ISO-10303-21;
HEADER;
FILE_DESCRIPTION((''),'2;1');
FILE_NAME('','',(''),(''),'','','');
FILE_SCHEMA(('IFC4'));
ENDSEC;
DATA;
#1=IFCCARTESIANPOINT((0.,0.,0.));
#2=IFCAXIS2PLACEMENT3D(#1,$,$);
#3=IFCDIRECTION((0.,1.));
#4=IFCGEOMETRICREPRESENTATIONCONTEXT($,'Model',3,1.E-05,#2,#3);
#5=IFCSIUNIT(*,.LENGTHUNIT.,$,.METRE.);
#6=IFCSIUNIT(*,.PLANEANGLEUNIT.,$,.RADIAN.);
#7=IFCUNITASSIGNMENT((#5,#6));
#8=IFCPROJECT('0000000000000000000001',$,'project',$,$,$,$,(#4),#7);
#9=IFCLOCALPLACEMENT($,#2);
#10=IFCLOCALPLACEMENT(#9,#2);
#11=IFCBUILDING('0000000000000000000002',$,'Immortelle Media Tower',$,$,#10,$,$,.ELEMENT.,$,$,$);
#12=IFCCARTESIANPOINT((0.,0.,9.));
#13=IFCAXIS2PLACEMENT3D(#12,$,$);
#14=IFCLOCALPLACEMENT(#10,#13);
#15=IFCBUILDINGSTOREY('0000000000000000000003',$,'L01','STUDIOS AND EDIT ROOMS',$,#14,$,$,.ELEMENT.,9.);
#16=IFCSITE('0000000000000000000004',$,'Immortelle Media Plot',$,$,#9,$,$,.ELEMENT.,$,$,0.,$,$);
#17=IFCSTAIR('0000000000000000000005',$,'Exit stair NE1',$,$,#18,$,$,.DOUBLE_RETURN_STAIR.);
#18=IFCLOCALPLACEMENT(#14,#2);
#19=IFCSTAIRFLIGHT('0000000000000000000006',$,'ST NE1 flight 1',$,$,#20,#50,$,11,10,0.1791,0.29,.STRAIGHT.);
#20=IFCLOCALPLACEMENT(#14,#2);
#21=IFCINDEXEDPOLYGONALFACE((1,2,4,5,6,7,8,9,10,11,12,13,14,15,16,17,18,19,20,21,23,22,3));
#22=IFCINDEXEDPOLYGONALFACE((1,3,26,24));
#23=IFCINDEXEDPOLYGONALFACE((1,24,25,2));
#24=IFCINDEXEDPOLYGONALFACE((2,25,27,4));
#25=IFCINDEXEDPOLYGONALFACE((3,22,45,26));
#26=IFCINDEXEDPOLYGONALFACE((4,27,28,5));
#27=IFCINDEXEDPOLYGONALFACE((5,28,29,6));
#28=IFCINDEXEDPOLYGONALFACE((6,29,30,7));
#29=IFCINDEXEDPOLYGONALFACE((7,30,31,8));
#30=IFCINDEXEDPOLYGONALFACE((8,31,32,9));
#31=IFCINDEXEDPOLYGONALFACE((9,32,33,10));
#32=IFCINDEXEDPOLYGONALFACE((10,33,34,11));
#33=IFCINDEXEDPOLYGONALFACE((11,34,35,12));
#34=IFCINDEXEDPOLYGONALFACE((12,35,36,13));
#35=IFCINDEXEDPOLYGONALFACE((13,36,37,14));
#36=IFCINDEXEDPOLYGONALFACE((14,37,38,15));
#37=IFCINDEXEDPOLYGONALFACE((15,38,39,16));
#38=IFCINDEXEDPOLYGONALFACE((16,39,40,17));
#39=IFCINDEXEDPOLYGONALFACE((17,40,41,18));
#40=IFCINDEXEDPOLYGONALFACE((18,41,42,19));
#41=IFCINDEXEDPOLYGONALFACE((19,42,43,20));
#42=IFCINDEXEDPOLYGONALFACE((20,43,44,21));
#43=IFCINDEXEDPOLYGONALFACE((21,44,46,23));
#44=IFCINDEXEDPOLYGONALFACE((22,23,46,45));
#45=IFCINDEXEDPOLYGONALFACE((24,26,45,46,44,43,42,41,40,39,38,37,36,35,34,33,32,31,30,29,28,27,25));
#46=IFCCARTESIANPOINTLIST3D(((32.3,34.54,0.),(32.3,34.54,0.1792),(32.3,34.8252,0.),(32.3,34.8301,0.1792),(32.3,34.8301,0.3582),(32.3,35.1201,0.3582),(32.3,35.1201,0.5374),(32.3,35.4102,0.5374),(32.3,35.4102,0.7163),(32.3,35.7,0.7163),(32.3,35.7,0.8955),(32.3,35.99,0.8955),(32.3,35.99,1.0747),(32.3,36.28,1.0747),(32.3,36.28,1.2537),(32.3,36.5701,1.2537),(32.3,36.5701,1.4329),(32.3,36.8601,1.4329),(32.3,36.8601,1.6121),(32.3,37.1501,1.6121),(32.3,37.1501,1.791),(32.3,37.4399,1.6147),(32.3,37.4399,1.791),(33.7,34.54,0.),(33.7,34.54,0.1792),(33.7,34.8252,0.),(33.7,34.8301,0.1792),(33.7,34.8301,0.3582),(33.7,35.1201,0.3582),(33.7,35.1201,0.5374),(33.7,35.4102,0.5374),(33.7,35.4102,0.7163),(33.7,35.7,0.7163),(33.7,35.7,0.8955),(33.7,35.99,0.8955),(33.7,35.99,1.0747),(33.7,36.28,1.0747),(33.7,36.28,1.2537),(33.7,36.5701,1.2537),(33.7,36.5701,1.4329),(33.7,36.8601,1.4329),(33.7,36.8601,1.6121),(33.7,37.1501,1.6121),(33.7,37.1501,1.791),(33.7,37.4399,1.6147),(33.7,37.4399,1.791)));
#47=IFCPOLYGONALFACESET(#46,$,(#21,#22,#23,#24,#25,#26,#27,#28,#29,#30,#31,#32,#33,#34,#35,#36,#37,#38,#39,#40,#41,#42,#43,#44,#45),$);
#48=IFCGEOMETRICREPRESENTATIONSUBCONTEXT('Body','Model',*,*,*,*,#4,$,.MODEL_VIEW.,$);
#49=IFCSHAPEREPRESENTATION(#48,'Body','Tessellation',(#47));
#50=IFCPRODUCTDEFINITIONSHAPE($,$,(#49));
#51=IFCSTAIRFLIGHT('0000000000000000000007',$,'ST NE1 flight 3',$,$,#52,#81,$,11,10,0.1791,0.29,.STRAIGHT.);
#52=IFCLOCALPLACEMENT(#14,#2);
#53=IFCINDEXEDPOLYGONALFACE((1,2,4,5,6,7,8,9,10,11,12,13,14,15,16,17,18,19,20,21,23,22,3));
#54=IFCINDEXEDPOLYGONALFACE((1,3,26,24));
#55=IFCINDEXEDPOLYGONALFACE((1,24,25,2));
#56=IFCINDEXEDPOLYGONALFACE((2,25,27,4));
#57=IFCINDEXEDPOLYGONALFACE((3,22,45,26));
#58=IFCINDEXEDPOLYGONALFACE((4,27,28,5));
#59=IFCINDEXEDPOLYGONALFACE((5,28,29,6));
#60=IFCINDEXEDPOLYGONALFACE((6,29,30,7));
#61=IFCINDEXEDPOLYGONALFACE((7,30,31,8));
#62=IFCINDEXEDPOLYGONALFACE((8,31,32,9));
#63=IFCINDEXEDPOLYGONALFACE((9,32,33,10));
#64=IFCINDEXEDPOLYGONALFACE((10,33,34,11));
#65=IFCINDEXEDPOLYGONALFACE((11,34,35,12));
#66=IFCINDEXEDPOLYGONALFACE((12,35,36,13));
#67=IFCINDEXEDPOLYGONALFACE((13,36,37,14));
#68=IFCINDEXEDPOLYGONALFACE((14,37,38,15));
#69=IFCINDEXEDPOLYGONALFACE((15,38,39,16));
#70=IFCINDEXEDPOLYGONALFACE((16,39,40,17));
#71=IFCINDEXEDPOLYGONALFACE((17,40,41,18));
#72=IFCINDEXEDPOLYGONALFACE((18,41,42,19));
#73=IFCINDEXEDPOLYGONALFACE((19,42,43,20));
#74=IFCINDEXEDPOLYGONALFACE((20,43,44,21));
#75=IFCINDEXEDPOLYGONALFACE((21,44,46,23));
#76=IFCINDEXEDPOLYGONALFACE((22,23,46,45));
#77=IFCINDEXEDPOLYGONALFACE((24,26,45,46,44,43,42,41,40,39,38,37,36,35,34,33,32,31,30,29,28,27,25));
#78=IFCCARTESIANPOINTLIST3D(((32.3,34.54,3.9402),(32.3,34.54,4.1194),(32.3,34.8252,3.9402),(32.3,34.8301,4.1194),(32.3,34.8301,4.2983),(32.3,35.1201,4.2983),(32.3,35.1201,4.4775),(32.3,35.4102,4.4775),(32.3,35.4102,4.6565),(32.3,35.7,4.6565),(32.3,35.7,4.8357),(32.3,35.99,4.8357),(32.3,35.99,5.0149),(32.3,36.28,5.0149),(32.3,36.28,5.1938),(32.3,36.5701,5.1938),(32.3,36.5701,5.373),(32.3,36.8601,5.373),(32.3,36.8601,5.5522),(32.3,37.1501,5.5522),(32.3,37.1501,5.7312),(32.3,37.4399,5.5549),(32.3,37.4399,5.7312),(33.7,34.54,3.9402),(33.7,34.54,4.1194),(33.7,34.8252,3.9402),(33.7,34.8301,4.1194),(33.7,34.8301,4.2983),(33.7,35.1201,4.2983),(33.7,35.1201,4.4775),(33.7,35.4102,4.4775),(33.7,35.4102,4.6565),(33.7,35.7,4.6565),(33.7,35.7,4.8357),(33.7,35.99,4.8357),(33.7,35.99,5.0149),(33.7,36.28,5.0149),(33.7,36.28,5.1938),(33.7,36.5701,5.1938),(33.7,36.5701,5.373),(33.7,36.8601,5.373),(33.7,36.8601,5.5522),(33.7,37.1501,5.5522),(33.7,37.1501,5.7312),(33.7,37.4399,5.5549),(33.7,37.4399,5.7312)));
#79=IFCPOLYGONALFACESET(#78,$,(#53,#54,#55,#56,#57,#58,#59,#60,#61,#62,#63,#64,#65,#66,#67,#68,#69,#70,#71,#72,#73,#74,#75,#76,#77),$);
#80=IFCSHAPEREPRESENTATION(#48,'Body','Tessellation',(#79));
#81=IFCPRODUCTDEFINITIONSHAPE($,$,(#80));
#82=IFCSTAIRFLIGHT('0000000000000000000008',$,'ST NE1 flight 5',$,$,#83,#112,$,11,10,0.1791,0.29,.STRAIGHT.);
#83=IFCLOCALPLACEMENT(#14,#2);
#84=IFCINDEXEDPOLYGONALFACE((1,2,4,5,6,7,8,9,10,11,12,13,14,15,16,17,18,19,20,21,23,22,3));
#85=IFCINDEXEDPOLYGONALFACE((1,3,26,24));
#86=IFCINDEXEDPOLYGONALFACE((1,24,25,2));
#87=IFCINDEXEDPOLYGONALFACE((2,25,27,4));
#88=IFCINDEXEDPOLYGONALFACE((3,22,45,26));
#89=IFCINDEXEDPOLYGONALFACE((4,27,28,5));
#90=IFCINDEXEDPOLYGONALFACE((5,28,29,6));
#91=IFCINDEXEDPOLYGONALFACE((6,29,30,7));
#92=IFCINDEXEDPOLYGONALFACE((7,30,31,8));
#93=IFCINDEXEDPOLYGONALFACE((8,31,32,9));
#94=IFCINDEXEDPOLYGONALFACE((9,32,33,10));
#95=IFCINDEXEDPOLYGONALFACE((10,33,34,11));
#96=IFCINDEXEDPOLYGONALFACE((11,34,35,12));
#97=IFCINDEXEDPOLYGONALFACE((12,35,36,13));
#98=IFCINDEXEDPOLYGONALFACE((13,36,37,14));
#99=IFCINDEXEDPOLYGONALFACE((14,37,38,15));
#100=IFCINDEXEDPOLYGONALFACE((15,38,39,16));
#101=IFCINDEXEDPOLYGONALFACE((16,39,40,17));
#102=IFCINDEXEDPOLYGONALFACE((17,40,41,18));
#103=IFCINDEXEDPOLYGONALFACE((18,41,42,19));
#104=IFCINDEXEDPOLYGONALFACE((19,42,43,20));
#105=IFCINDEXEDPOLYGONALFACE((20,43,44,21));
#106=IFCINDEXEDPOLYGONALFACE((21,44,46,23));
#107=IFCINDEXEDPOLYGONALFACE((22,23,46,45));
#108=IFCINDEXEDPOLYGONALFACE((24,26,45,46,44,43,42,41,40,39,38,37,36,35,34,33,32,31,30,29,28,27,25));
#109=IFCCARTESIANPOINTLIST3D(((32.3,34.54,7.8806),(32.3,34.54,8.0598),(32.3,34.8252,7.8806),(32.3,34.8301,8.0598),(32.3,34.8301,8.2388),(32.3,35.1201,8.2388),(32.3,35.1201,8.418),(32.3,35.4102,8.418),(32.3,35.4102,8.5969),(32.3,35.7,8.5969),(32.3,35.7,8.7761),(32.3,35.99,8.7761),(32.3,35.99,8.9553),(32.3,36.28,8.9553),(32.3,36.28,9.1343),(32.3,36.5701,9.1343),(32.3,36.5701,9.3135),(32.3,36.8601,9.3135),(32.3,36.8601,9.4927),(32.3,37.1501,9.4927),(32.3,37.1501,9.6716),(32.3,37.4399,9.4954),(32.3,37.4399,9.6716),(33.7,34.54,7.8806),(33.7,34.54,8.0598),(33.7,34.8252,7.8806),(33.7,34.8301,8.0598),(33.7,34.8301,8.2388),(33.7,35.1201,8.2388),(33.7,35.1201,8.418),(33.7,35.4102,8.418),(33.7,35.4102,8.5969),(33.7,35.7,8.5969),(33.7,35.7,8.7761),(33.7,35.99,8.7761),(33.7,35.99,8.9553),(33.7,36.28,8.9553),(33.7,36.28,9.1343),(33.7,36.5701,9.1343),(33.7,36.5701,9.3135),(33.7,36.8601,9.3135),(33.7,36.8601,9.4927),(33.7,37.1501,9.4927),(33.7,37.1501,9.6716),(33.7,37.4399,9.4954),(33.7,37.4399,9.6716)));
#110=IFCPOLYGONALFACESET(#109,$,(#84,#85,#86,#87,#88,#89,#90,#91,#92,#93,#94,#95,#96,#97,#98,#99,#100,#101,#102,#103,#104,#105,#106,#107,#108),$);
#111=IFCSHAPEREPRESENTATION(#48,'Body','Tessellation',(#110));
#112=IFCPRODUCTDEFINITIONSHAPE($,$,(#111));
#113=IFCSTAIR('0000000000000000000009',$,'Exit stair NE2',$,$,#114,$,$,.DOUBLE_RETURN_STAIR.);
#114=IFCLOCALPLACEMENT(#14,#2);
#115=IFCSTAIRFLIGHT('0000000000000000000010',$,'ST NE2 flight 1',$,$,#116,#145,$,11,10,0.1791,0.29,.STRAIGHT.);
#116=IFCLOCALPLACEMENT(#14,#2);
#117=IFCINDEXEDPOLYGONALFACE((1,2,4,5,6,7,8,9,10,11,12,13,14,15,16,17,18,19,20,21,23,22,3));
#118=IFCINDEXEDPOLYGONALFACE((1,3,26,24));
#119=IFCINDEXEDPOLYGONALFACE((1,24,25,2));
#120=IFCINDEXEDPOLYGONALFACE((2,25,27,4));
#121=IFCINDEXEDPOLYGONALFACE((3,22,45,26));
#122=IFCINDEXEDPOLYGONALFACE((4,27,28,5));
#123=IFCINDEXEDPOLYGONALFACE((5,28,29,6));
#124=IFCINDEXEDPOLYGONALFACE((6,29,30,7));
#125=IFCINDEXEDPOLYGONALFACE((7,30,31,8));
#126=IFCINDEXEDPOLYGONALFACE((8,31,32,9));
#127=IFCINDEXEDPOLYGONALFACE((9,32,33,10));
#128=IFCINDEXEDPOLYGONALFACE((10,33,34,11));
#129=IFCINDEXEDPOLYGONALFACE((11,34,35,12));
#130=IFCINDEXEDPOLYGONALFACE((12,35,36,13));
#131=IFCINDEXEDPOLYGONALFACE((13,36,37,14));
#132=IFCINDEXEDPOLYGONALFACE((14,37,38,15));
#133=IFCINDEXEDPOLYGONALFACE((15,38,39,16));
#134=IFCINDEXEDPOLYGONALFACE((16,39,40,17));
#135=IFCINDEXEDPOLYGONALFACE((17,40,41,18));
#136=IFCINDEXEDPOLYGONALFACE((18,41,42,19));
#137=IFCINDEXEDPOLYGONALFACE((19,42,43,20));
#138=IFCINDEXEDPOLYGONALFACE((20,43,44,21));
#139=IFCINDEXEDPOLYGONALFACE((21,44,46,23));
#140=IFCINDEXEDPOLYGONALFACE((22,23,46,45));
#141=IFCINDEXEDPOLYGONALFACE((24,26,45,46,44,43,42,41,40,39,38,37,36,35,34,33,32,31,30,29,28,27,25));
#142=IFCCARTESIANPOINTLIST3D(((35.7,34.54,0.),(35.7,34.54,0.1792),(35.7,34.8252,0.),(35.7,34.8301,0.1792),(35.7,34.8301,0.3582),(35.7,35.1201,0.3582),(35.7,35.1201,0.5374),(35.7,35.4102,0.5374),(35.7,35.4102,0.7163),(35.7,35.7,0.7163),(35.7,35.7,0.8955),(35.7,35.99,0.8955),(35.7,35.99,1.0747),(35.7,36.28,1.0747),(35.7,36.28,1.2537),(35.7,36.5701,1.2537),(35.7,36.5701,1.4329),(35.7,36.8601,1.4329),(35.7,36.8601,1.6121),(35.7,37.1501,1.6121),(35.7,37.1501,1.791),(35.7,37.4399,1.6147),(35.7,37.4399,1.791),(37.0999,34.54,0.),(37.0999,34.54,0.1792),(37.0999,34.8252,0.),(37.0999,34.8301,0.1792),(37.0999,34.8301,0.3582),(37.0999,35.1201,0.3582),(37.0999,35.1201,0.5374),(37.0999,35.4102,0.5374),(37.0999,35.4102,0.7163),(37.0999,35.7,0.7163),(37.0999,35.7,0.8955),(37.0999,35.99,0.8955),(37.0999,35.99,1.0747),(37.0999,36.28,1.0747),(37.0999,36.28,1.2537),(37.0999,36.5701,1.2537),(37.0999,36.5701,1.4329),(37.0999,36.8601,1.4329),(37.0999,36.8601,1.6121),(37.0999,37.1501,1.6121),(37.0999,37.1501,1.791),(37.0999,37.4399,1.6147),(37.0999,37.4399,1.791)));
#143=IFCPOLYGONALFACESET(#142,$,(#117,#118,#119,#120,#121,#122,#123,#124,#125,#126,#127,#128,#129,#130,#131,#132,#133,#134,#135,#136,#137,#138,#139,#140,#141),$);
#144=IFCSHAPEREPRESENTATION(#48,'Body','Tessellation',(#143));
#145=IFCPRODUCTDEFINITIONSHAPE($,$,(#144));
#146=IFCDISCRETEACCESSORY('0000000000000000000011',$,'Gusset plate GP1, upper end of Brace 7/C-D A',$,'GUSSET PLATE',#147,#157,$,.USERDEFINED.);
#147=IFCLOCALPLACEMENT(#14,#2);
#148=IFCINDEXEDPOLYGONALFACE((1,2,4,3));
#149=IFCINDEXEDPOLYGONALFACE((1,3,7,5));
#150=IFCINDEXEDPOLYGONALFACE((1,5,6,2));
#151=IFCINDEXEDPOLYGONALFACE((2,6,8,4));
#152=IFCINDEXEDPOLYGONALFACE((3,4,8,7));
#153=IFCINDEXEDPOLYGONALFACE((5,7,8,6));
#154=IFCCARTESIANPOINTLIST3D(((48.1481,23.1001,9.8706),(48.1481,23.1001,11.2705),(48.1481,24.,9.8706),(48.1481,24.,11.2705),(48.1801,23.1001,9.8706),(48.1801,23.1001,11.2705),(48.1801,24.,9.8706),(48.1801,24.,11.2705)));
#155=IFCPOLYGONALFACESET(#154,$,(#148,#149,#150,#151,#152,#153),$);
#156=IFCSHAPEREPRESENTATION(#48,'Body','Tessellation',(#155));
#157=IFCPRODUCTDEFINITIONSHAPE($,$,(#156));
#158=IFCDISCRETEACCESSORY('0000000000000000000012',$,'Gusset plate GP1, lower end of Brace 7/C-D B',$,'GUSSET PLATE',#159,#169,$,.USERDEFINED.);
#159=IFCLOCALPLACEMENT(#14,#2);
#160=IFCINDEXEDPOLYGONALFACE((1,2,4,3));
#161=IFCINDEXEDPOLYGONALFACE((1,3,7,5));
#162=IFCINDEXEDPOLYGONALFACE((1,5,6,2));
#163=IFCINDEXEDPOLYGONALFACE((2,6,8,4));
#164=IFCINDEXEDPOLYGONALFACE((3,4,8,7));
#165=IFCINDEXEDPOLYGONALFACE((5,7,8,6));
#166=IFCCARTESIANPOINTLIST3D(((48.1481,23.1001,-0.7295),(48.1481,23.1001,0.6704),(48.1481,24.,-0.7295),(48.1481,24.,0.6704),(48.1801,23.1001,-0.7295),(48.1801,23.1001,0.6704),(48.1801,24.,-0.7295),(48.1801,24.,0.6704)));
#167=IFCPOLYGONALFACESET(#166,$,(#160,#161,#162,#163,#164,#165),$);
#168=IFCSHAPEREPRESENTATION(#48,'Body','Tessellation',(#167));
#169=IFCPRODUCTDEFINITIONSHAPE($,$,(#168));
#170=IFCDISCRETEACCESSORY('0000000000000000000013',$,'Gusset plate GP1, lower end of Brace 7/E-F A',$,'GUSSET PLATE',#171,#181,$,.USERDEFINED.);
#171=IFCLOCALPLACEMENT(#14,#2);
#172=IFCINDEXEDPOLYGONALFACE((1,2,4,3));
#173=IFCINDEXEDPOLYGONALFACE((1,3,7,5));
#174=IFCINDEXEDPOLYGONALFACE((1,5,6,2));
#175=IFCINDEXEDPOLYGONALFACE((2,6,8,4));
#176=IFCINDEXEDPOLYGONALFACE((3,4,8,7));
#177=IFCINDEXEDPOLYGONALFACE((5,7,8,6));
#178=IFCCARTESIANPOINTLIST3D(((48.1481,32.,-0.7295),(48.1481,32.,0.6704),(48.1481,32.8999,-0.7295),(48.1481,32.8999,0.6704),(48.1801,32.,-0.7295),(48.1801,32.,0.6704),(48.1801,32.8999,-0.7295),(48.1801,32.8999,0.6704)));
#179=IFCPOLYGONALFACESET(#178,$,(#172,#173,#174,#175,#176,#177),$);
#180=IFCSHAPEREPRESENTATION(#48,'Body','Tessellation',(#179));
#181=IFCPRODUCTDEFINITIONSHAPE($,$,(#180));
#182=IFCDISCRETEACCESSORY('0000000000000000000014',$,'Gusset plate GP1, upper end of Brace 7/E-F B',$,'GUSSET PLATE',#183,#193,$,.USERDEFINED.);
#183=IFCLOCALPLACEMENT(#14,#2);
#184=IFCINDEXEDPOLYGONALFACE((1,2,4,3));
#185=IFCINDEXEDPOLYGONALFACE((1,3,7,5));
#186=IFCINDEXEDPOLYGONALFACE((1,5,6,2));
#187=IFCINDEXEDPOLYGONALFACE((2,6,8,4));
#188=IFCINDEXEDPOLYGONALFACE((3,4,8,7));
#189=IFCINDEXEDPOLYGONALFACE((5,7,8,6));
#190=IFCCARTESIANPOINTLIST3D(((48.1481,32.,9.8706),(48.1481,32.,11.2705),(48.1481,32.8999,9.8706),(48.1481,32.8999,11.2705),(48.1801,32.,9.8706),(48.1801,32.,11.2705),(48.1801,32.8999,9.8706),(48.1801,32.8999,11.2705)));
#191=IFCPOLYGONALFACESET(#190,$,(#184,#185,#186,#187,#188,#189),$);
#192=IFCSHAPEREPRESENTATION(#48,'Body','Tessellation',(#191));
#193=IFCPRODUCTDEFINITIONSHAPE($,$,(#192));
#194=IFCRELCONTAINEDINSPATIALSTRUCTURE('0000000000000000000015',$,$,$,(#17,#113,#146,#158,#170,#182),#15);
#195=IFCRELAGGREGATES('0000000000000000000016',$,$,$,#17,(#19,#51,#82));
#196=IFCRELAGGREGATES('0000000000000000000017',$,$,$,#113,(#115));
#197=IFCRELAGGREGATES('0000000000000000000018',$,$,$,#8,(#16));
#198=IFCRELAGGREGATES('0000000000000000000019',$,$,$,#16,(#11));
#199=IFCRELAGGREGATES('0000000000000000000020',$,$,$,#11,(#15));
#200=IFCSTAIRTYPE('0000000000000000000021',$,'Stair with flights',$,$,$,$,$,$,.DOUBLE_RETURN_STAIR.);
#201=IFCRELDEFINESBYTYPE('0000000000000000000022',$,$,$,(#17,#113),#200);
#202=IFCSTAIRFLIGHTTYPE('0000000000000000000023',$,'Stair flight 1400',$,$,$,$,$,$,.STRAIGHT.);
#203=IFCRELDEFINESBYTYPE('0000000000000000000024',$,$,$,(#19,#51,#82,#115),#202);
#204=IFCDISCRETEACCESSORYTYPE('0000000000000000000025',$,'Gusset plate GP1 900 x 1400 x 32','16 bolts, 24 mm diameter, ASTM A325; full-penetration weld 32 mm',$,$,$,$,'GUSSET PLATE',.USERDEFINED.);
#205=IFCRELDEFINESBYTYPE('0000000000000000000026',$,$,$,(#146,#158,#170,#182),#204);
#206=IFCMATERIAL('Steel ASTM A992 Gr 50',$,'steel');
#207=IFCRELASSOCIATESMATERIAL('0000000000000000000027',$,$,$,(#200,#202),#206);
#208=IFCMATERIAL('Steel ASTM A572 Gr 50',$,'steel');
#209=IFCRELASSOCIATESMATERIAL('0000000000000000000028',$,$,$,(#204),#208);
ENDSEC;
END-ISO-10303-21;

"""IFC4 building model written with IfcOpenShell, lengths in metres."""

from ifc_helpers import new_model, si_unit, direction, frame, origin, origin_2d, place, context, subcontext, project, spatial, polyline, rectangle, outline, extrude, material, material_profile, profile_set, type_object, element, aggregate, save


model = new_model("IFC4")

# Units and contexts
model_context = context("Model", 3, precision=1e-05, world=origin(), true_north=direction((0.0, 1.0)))
body_context = subcontext(model_context, "Body", "Model", "MODEL_VIEW")
ifc_project = project(units=[si_unit("LENGTHUNIT", "METRE"), si_unit("PLANEANGLEUNIT", "RADIAN")], contexts=[model_context])

# Site, building, storey
site_placement = place(None, origin())
site = spatial("IfcSite", under=ifc_project, at=site_placement, Name="Immortelle Media Plot", CompositionType="ELEMENT", RefElevation=0.0)
building_placement = place(site_placement, origin())
building = spatial("IfcBuilding", under=site, at=building_placement, Name="Immortelle Media Tower", CompositionType="ELEMENT")
storey_placement = place(building_placement, frame((0.0, 0.0, 9.0)))
storey = spatial("IfcBuildingStorey", under=building, at=storey_placement, Name="L01", Description="STUDIOS AND EDIT ROOMS", CompositionType="ELEMENT", Elevation=9.0)

# Shared definitions
ifc_material_1 = material(Name="Steel ASTM A992 Gr 50", Category="steel")

# Stair, stair flights
stair_type = type_object("IfcStairType", Name="Stair with flights", PredefinedType="DOUBLE_RETURN_STAIR", material=ifc_material_1)
stair_1_placement = place(storey_placement, origin())
stair_1 = element("IfcStair", 1, at=stair_1_placement, inside=storey, type_object=stair_type, Name="Exit stair NE1", PredefinedType="DOUBLE_RETURN_STAIR")
stair_flight_type = type_object("IfcStairFlightType", Name="Stair flight 1400", PredefinedType="STRAIGHT", material=ifc_material_1)
stair_flight_1_placement = place(storey_placement, frame((33.0, 34.54, 0.0), z_axis=(0.0, 0.0, 1.0), x_axis=(0.0, 1.0, 0.0)))
stair_flight_1 = element("IfcStairFlight", 2, at=stair_flight_1_placement, type_object=stair_flight_type, Name="ST NE1 flight 1", NumberOfRisers=11, NumberOfTreads=10, PredefinedType="STRAIGHT", RiserHeight=0.1791, TreadLength=0.29, context=body_context, shape_type="SweptSolid", body=[
    extrude(outline(polyline([(0.0, 0.0), (0.0, 0.1792), (0.29, 0.1792), (0.29, 0.3582), (0.5801, 0.3582), (0.5801, 0.5374), (0.8701, 0.5374), (0.8701, 0.7163), (1.1599, 0.7163), (1.1599, 0.8955), (1.45, 0.8955), (1.45, 1.0747), (1.74, 1.0747), (1.74, 1.2537), (2.03, 1.2537), (2.03, 1.4329), (2.3201, 1.4329), (2.3201, 1.6121), (2.6101, 1.6121), (2.6101, 1.791), (2.8999, 1.791), (2.8999, 1.9702), (2.8999, 1.6147), (0.2852, 0.0), (0.0, 0.0)])), frame((0.0, 0.7, 0.0), z_axis=(0.0, -1.0, 0.0), x_axis=(1.0, 0.0, 0.0)), (0.0, 0.0, 1.0), 1.3999),
])
stair_flight_2_placement = place(storey_placement, frame((33.0, 34.54, 3.9402), z_axis=(0.0, 0.0, 1.0), x_axis=(0.0, 1.0, 0.0)))
stair_flight_2 = element("IfcStairFlight", 3, at=stair_flight_2_placement, type_object=stair_flight_type, Name="ST NE1 flight 3", NumberOfRisers=11, NumberOfTreads=10, PredefinedType="STRAIGHT", RiserHeight=0.1791, TreadLength=0.29, context=body_context, shape_type="SweptSolid", body=[
    extrude(outline(polyline([(0.0, 0.0), (0.0, 0.1792), (0.29, 0.1792), (0.29, 0.3582), (0.5801, 0.3582), (0.5801, 0.5374), (0.8701, 0.5374), (0.8701, 0.7163), (1.1599, 0.7163), (1.1599, 0.8955), (1.45, 0.8955), (1.45, 1.0747), (1.74, 1.0747), (1.74, 1.2537), (2.03, 1.2537), (2.03, 1.4329), (2.3201, 1.4329), (2.3201, 1.6121), (2.6101, 1.6121), (2.6101, 1.791), (2.8999, 1.791), (2.8999, 1.9702), (2.8999, 1.6147), (0.2852, 0.0), (0.0, 0.0)])), frame((0.0, 0.7, 0.0), z_axis=(0.0, -1.0, 0.0), x_axis=(1.0, 0.0, 0.0)), (0.0, 0.0, 1.0), 1.3999),
])
stair_flight_3_placement = place(storey_placement, frame((33.0, 34.54, 7.8806), z_axis=(0.0, 0.0, 1.0), x_axis=(0.0, 1.0, 0.0)))
stair_flight_3 = element("IfcStairFlight", 4, at=stair_flight_3_placement, type_object=stair_flight_type, Name="ST NE1 flight 5", NumberOfRisers=11, NumberOfTreads=10, PredefinedType="STRAIGHT", RiserHeight=0.1791, TreadLength=0.29, context=body_context, shape_type="SweptSolid", body=[
    extrude(outline(polyline([(0.0, 0.0), (0.0, 0.1792), (0.29, 0.1792), (0.29, 0.3582), (0.5801, 0.3582), (0.5801, 0.5374), (0.8701, 0.5374), (0.8701, 0.7163), (1.1599, 0.7163), (1.1599, 0.8955), (1.45, 0.8955), (1.45, 1.0747), (1.74, 1.0747), (1.74, 1.2537), (2.03, 1.2537), (2.03, 1.4329), (2.3201, 1.4329), (2.3201, 1.6121), (2.6101, 1.6121), (2.6101, 1.791), (2.8999, 1.791), (2.8999, 1.9702), (2.8999, 1.6147), (0.2852, 0.0), (0.0, 0.0)])), frame((0.0, 0.7, 0.0), z_axis=(0.0, -1.0, 0.0), x_axis=(1.0, 0.0, 0.0)), (0.0, 0.0, 1.0), 1.3999),
])
aggregate(stair_1, [stair_flight_1, stair_flight_2, stair_flight_3])

# Stair, stair flight
stair_2_placement = place(storey_placement, origin())
stair_2 = element("IfcStair", 5, at=stair_2_placement, inside=storey, type_object=stair_type, Name="Exit stair NE2", PredefinedType="DOUBLE_RETURN_STAIR")
stair_flight_4_placement = place(storey_placement, frame((36.3999, 34.54, 0.0), z_axis=(0.0, 0.0, 1.0), x_axis=(0.0, 1.0, 0.0)))
stair_flight_4 = element("IfcStairFlight", 6, at=stair_flight_4_placement, type_object=stair_flight_type, Name="ST NE2 flight 1", NumberOfRisers=11, NumberOfTreads=10, PredefinedType="STRAIGHT", RiserHeight=0.1791, TreadLength=0.29, context=body_context, shape_type="SweptSolid", body=[
    extrude(outline(polyline([(0.0, 0.0), (0.0, 0.1792), (0.29, 0.1792), (0.29, 0.3582), (0.5801, 0.3582), (0.5801, 0.5374), (0.8701, 0.5374), (0.8701, 0.7163), (1.1599, 0.7163), (1.1599, 0.8955), (1.45, 0.8955), (1.45, 1.0747), (1.74, 1.0747), (1.74, 1.2537), (2.03, 1.2537), (2.03, 1.4329), (2.3201, 1.4329), (2.3201, 1.6121), (2.6101, 1.6121), (2.6101, 1.791), (2.8999, 1.791), (2.8999, 1.9702), (2.8999, 1.6147), (0.2852, 0.0), (0.0, 0.0)])), frame((0.0, 0.7, 0.0), z_axis=(0.0, -1.0, 0.0), x_axis=(1.0, 0.0, 0.0)), (0.0, 0.0, 1.0), 1.3999),
])
aggregate(stair_2, [stair_flight_4])

# Discrete accessories
ifc_material_2 = material(Name="Steel ASTM A572 Gr 50", Category="steel")
ifc_material_profile_1 = material_profile(ifc_material_2, rectangle(XDim=0.032, YDim=1.3999, at=origin_2d()), Name="PL 32 x 1400")
ifc_profile_set_1 = profile_set([ifc_material_profile_1], Name="Steel ASTM A572 Gr 50")
discrete_accessory_type = type_object("IfcDiscreteAccessoryType", Name="Gusset plate GP1 900 x 1400 x 32", Description="16 bolts, 24 mm diameter, ASTM A325; full-penetration weld 32 mm", ElementType="GUSSET PLATE", PredefinedType="USERDEFINED", material=ifc_profile_set_1)
for number, where, z_axis, x_axis, name in (
    (7, (48.1641, 24.0, 10.5706), (0.0, -1.0, 0.0), (1.0, 0.0, 0.0), "Gusset plate GP1, upper end of Brace 7/C-D A"),
    (8, (48.1641, 24.0, -0.0295), (0.0, -1.0, 0.0), (1.0, 0.0, 0.0), "Gusset plate GP1, lower end of Brace 7/C-D B"),
    (9, (48.1641, 32.0, -0.0295), (0.0, 1.0, 0.0), (-1.0, 0.0, 0.0), "Gusset plate GP1, lower end of Brace 7/E-F A"),
    (10, (48.1641, 32.0, 10.5706), (0.0, 1.0, 0.0), (-1.0, 0.0, 0.0), "Gusset plate GP1, upper end of Brace 7/E-F B"),
):
    element("IfcDiscreteAccessory", number, at=place(storey_placement, frame(where, z_axis=z_axis, x_axis=x_axis)), inside=storey, type_object=discrete_accessory_type, Name=name, ObjectType="GUSSET PLATE", PredefinedType="USERDEFINED", context=body_context, shape_type="SweptSolid", body=[
        extrude(rectangle(XDim=0.032, YDim=1.3999, at=origin_2d()), origin(), (0.0, 0.0, 1.0), 0.8999),
    ])

save(model, "model.ifc")
